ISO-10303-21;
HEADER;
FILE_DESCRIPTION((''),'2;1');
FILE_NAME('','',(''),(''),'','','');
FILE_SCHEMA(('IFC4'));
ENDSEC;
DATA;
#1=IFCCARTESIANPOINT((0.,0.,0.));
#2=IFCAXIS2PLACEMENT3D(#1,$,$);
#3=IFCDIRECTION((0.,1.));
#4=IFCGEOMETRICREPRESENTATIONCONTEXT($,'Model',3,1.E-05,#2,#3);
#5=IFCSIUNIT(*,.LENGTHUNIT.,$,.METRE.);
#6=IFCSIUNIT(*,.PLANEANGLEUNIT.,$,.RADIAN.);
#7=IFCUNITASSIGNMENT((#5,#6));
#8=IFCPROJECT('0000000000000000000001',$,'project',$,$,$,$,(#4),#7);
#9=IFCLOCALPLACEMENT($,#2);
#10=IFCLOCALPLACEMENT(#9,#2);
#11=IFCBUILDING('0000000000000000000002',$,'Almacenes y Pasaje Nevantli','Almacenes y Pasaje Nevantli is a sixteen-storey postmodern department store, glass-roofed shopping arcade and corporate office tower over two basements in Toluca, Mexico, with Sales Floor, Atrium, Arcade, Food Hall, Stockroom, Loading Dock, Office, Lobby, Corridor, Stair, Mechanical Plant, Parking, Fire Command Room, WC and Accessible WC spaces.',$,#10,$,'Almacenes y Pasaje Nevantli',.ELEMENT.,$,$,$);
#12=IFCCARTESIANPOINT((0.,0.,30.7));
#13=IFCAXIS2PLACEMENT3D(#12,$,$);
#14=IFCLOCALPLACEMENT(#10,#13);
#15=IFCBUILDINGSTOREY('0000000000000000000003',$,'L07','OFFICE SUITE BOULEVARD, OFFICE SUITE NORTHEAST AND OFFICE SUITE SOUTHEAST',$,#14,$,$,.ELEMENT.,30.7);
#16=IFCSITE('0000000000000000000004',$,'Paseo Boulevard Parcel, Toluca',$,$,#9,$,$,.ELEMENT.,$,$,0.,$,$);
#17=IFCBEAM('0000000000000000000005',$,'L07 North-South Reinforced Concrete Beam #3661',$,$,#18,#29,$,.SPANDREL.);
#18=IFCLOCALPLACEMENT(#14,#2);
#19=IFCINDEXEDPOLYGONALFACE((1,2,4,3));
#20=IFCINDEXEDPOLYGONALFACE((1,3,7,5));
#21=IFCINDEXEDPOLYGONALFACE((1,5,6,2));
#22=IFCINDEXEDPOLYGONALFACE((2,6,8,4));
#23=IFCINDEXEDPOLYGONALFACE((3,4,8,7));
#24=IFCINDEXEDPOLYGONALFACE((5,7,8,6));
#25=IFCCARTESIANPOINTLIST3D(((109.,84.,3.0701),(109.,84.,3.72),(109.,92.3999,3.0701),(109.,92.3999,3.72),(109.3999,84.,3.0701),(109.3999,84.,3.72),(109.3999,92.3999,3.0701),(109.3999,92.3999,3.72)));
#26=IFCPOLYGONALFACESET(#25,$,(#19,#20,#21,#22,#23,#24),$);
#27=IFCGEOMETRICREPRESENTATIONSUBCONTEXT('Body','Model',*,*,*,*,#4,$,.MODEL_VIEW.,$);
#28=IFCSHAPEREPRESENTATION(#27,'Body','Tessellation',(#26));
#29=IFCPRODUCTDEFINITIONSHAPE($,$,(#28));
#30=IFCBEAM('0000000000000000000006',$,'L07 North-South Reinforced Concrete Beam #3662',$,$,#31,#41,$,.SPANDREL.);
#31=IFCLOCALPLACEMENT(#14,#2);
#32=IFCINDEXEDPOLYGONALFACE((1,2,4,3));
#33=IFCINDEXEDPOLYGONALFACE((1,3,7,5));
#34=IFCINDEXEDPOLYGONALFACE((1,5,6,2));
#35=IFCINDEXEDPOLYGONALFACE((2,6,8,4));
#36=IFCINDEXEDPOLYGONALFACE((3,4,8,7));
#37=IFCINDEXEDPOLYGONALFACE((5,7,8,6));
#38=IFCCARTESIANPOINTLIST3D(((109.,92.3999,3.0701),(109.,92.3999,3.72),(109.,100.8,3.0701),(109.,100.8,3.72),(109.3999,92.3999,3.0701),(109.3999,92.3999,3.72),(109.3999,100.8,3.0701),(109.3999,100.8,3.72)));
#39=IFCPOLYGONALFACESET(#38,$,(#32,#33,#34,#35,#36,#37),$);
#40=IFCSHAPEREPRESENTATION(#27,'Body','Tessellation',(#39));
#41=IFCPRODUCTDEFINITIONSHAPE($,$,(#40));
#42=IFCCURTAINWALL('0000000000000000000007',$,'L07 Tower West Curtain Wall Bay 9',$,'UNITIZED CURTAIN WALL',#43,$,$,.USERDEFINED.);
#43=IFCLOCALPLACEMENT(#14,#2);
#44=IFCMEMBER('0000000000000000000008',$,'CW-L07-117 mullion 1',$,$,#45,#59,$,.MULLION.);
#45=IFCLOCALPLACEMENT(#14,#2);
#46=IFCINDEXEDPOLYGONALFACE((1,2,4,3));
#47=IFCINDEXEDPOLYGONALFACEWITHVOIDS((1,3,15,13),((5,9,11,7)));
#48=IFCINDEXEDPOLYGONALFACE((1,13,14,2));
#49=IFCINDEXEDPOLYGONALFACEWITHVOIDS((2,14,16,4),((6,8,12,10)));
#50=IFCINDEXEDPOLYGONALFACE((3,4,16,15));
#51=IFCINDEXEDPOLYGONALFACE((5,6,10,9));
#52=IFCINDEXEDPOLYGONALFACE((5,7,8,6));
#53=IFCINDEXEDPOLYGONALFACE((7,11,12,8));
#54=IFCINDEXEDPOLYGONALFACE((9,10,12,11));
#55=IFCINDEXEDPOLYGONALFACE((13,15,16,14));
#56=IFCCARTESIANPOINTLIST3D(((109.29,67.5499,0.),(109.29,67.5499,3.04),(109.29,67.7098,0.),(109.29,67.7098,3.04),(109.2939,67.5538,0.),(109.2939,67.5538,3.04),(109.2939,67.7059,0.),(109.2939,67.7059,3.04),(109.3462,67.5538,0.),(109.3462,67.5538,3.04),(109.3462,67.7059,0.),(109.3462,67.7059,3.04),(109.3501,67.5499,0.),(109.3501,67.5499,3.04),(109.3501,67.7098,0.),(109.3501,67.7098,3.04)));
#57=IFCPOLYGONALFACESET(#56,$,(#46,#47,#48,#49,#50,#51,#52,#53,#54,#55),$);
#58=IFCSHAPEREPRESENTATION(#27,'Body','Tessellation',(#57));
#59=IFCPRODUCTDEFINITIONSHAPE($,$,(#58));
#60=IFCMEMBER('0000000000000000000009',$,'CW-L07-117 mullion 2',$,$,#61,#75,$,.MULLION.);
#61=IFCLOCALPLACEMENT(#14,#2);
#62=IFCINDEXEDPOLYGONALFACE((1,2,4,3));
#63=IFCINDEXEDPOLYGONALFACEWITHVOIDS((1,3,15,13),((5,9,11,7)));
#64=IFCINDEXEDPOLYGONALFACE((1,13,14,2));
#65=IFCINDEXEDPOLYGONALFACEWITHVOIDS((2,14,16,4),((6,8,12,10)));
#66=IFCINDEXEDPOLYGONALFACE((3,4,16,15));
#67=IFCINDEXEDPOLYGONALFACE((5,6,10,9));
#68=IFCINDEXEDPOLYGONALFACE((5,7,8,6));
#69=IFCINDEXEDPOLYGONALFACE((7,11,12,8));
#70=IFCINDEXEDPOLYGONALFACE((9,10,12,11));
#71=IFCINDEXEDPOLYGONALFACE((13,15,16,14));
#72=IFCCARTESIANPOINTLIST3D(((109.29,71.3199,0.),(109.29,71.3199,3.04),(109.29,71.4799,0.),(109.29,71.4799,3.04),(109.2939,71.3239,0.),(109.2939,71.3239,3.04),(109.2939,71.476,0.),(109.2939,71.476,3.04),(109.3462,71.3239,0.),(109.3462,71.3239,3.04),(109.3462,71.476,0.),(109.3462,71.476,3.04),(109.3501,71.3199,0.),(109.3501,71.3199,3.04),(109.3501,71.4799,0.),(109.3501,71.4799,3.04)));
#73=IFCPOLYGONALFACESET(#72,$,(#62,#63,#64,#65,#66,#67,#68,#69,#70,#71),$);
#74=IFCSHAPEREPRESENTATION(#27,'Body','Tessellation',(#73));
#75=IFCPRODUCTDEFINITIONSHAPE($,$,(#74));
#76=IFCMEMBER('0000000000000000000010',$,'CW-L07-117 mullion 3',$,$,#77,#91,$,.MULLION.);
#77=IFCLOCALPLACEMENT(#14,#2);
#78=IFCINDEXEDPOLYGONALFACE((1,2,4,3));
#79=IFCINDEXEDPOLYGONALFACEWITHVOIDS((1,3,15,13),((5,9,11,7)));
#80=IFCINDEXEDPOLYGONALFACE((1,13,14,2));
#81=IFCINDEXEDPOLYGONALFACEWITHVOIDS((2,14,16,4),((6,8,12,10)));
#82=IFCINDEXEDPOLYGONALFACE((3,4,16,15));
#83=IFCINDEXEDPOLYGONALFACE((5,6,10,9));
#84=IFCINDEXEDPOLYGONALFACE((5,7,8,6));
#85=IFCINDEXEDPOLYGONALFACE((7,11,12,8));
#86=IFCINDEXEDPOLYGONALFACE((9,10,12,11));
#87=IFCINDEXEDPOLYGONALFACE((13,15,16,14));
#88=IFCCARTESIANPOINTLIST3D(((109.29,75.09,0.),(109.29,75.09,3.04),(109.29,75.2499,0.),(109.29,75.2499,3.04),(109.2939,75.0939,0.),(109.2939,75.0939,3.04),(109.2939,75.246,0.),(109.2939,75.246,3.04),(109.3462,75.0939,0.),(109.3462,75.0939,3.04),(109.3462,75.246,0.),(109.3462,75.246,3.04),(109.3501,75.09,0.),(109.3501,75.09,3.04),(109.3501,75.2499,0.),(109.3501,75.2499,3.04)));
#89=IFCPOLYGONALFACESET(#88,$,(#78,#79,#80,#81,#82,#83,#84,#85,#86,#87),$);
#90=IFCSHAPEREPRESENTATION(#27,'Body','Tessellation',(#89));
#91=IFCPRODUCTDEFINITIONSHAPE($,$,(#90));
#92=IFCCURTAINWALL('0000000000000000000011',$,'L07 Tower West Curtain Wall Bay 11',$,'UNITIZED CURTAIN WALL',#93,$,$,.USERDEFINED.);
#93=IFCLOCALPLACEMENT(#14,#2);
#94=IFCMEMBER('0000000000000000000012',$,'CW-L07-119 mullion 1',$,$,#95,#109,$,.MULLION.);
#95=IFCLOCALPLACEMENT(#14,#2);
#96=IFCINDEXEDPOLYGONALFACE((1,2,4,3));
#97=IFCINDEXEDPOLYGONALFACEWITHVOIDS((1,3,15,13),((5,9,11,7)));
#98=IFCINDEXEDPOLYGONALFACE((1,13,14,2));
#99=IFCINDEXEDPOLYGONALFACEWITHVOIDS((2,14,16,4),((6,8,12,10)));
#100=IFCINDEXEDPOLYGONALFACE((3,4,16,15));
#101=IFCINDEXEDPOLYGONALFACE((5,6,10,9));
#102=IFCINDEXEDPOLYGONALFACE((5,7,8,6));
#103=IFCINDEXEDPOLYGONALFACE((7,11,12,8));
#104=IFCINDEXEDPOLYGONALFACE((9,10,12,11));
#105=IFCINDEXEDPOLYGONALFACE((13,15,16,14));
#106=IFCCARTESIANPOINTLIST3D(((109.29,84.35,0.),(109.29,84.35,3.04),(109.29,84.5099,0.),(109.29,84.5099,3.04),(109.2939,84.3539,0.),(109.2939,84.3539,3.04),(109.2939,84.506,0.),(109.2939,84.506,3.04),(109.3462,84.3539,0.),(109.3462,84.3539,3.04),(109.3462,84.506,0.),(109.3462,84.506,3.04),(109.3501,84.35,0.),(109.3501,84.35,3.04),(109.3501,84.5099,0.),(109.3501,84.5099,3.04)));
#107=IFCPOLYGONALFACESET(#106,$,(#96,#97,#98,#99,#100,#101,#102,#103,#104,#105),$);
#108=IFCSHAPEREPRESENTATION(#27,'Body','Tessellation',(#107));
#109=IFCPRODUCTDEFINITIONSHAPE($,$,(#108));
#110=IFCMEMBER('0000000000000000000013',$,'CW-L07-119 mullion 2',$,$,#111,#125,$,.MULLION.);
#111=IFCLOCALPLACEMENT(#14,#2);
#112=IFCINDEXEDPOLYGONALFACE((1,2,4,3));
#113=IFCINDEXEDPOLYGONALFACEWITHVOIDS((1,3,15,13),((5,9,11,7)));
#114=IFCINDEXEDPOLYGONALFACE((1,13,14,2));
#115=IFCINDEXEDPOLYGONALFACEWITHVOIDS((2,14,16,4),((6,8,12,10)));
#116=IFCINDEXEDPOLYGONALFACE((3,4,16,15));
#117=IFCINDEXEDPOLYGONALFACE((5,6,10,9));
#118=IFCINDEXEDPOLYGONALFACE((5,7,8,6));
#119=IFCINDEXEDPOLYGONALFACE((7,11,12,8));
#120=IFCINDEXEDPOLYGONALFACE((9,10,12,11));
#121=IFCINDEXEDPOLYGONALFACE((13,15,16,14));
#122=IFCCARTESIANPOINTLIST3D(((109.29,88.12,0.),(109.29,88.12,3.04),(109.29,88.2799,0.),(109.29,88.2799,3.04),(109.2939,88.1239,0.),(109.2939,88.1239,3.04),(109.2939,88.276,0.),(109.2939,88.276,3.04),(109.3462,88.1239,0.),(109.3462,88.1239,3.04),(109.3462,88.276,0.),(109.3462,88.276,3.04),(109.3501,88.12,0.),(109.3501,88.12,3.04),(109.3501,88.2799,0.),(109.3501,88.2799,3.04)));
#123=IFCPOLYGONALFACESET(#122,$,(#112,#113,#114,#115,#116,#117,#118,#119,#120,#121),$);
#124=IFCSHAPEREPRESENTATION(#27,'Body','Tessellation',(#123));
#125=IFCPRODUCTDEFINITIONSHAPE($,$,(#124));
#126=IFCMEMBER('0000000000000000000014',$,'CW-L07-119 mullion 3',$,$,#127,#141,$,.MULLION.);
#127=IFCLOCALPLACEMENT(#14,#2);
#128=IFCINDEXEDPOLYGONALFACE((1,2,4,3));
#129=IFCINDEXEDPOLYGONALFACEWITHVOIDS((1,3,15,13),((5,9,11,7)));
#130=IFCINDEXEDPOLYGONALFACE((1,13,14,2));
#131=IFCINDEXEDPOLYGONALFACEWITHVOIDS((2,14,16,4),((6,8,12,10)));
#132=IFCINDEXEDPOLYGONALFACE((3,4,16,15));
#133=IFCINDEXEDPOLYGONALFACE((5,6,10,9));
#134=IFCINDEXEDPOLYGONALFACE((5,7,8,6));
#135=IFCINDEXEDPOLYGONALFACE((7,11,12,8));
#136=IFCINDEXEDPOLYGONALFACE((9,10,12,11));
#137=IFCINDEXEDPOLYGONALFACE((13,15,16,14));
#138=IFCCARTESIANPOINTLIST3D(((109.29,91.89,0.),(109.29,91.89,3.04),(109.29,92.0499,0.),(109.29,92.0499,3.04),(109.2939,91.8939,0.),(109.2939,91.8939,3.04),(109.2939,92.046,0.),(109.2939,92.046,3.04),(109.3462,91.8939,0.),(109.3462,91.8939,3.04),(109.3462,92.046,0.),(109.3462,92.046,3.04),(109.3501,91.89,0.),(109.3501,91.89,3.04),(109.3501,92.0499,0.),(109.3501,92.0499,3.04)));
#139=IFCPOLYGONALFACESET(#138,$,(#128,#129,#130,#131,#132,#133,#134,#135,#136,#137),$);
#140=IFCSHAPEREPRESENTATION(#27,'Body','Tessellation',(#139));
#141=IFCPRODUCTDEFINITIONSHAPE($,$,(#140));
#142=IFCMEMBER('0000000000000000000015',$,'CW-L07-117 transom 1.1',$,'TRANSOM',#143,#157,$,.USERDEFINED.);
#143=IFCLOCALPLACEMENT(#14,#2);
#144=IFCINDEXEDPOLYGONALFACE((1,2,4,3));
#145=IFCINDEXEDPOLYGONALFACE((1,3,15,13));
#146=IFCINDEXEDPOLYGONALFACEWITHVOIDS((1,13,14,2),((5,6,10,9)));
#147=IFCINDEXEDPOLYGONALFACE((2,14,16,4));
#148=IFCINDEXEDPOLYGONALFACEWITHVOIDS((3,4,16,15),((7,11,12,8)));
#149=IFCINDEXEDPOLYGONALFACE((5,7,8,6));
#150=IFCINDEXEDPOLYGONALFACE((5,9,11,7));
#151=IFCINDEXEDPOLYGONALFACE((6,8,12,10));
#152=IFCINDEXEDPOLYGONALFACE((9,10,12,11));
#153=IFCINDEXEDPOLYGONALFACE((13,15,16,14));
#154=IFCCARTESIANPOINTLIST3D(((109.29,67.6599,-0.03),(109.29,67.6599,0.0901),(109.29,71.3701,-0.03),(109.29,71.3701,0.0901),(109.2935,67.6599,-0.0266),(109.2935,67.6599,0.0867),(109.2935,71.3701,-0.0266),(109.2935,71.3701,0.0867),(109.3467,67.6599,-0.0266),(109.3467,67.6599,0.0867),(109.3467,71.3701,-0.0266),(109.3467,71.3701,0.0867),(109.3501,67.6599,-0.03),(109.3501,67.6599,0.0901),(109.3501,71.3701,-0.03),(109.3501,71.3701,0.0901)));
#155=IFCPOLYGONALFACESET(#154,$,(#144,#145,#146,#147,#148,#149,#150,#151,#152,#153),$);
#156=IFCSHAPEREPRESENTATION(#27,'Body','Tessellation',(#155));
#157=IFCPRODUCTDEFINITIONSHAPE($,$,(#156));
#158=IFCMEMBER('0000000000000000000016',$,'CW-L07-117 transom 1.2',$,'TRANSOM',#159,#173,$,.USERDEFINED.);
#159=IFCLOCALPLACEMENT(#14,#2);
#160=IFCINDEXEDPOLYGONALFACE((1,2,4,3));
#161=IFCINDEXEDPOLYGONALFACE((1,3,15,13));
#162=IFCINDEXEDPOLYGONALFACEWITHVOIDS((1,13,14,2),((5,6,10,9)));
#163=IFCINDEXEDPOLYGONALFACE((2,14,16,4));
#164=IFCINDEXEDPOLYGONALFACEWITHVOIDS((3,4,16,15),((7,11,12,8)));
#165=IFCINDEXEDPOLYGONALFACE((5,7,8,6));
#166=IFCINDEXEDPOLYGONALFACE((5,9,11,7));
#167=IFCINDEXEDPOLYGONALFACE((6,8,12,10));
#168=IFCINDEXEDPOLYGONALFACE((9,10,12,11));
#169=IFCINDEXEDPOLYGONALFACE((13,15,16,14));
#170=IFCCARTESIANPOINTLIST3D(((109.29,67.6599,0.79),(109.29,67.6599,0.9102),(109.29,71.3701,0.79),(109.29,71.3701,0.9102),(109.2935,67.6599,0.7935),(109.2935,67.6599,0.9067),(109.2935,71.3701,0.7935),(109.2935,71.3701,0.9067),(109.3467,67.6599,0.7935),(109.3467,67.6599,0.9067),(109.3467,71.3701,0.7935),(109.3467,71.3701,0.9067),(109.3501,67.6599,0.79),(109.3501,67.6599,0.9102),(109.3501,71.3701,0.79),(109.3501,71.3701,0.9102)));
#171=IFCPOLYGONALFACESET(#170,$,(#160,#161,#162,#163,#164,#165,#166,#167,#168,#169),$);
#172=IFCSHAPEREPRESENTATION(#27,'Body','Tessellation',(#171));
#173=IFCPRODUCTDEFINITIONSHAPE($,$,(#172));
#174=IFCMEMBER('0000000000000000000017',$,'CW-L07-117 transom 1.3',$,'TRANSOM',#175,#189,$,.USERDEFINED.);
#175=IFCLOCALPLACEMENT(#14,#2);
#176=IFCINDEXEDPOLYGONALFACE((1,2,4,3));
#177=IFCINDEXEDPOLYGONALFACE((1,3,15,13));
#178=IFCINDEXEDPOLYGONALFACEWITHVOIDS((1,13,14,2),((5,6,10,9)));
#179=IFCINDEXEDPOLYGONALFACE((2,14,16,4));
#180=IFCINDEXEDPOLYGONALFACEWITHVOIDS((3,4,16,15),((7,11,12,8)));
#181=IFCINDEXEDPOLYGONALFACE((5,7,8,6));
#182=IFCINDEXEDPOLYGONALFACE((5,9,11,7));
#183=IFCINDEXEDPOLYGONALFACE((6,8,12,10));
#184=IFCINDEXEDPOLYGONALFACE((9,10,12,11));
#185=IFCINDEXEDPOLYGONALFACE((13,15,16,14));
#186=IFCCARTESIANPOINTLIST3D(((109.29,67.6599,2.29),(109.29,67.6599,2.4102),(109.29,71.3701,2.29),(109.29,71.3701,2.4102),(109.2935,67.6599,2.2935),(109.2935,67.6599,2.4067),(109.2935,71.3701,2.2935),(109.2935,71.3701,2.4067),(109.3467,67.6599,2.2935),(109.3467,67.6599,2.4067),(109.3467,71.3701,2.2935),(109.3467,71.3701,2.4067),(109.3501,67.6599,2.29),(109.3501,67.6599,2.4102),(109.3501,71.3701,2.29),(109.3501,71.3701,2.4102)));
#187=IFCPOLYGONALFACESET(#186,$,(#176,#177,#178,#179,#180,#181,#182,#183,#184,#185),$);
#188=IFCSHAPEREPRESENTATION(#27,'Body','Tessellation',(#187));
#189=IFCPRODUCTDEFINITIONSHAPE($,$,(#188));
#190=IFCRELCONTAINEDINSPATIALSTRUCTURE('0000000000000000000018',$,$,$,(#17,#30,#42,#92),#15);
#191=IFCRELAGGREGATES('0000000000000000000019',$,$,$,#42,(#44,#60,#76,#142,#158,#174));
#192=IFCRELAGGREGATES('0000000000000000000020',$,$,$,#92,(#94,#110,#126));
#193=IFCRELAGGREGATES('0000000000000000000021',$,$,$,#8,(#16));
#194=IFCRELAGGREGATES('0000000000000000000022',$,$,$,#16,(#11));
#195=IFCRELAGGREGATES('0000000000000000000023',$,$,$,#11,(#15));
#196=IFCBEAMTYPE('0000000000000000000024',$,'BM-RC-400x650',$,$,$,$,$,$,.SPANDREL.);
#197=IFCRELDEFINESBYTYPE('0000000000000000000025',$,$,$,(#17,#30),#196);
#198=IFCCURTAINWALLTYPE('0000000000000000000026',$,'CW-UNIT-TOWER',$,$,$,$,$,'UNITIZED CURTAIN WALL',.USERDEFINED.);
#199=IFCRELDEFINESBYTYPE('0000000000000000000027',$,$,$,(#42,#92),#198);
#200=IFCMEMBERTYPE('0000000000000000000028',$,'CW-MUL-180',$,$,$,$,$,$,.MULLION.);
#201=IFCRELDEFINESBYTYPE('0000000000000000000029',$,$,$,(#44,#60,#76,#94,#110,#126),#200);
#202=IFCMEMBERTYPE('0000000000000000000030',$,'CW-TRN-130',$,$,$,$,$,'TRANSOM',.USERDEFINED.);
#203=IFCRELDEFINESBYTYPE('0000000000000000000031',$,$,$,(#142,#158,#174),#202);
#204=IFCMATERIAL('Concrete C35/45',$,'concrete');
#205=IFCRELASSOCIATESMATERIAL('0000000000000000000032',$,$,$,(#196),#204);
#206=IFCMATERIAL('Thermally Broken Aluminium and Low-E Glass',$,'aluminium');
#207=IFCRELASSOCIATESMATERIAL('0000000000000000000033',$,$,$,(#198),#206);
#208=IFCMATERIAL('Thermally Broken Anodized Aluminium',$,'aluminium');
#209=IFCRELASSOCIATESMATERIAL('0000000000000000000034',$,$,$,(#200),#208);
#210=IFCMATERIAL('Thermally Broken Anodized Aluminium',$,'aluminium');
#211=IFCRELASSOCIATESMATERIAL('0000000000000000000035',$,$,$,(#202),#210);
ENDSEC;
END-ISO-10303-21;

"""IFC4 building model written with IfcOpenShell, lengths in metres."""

from ifc_helpers import new_model, si_unit, direction, frame, origin, origin_2d, place, context, subcontext, project, spatial, rectangle, hollow_rectangle, extrude, material, material_profile, profile_set, type_object, element, aggregate, save


model = new_model("IFC4")

# Units and contexts
model_context = context("Model", 3, precision=1e-05, world=origin(), true_north=direction((0.0, 1.0)))
body_context = subcontext(model_context, "Body", "Model", "MODEL_VIEW")
ifc_project = project(units=[si_unit("LENGTHUNIT", "METRE"), si_unit("PLANEANGLEUNIT", "RADIAN")], contexts=[model_context])

# Site, building, storey
site_placement = place(None, origin())
site = spatial("IfcSite", under=ifc_project, at=site_placement, Name="Paseo Boulevard Parcel, Toluca", CompositionType="ELEMENT", RefElevation=0.0)
building_placement = place(site_placement, origin())
building = spatial("IfcBuilding", under=site, at=building_placement, Name="Almacenes y Pasaje Nevantli", Description="Almacenes y Pasaje Nevantli is a sixteen-storey postmodern department store, glass-roofed shopping arcade and corporate office tower over two basements in Toluca, Mexico, with Sales Floor, Atrium, Arcade, Food Hall, Stockroom, Loading Dock, Office, Lobby, Corridor, Stair, Mechanical Plant, Parking, Fire Command Room, WC and Accessible WC spaces.", LongName="Almacenes y Pasaje Nevantli", CompositionType="ELEMENT")
storey_placement = place(building_placement, frame((0.0, 0.0, 30.7)))
storey = spatial("IfcBuildingStorey", under=building, at=storey_placement, Name="L07", Description="OFFICE SUITE BOULEVARD, OFFICE SUITE NORTHEAST AND OFFICE SUITE SOUTHEAST", CompositionType="ELEMENT", Elevation=30.7)

# Beams
ifc_material_1 = material(Name="Concrete C35/45", Category="concrete")
ifc_material_profile_1 = material_profile(ifc_material_1, rectangle(XDim=0.3999, YDim=0.6499, at=origin_2d()), Name="RC-BM-400x650")
ifc_profile_set_1 = profile_set([ifc_material_profile_1], Name="Concrete C35/45")
beam_type = type_object("IfcBeamType", Name="BM-RC-400x650", PredefinedType="SPANDREL", material=ifc_profile_set_1)
beam_1_placement = place(storey_placement, frame((109.2, 84.0, 3.395), z_axis=(0.0, 1.0, 0.0), x_axis=(-1.0, 0.0, 0.0)))
element("IfcBeam", 1, at=beam_1_placement, inside=storey, type_object=beam_type, Name="L07 North-South Reinforced Concrete Beam #3661", PredefinedType="SPANDREL", context=body_context, shape_type="SweptSolid", body=[
    extrude(rectangle(XDim=0.3999, YDim=0.6499, at=origin_2d()), origin(), (0.0, 0.0, 1.0), 8.3999),
])
beam_2_placement = place(storey_placement, frame((109.2, 92.3999, 3.395), z_axis=(0.0, 1.0, 0.0), x_axis=(-1.0, 0.0, 0.0)))
element("IfcBeam", 2, at=beam_2_placement, inside=storey, type_object=beam_type, Name="L07 North-South Reinforced Concrete Beam #3662", PredefinedType="SPANDREL", context=body_context, shape_type="SweptSolid", body=[
    extrude(rectangle(XDim=0.3999, YDim=0.6499, at=origin_2d()), origin(), (0.0, 0.0, 1.0), 8.4001),
])

# Curtain walls, members
ifc_material_2 = material(Name="Thermally Broken Aluminium and Low-E Glass", Category="aluminium")
curtain_wall_type = type_object("IfcCurtainWallType", Name="CW-UNIT-TOWER", ElementType="UNITIZED CURTAIN WALL", PredefinedType="USERDEFINED", material=ifc_material_2)
curtain_wall_1_placement = place(storey_placement, origin())
curtain_wall_1 = element("IfcCurtainWall", 3, at=curtain_wall_1_placement, inside=storey, type_object=curtain_wall_type, Name="L07 Tower West Curtain Wall Bay 9", ObjectType="UNITIZED CURTAIN WALL", PredefinedType="USERDEFINED")
ifc_material_3 = material(Name="Thermally Broken Anodized Aluminium", Category="aluminium")
ifc_material_profile_2 = material_profile(ifc_material_3, hollow_rectangle(XDim=0.0601, YDim=0.1599, WallThickness=0.0039, at=origin_2d()), Name="ALU-MUL-60x160")
ifc_profile_set_2 = profile_set([ifc_material_profile_2], Name="Thermally Broken Anodized Aluminium")
member_type_1 = type_object("IfcMemberType", Name="CW-MUL-180", PredefinedType="MULLION", material=ifc_profile_set_2)
member_1_placement = place(storey_placement, frame((109.3201, 67.6299, 0.0), z_axis=(0.0, 0.0, 1.0), x_axis=(-1.0, 0.0, 0.0)))
member_1 = element("IfcMember", 4, at=member_1_placement, type_object=member_type_1, Name="CW-L07-117 mullion 1", PredefinedType="MULLION", context=body_context, shape_type="SweptSolid", body=[
    extrude(hollow_rectangle(XDim=0.0601, YDim=0.1599, WallThickness=0.0039, at=origin_2d()), origin(), (0.0, 0.0, 1.0), 3.04),
])
member_2_placement = place(storey_placement, frame((109.3201, 71.3999, 0.0), z_axis=(0.0, 0.0, 1.0), x_axis=(-1.0, 0.0, 0.0)))
member_2 = element("IfcMember", 5, at=member_2_placement, type_object=member_type_1, Name="CW-L07-117 mullion 2", PredefinedType="MULLION", context=body_context, shape_type="SweptSolid", body=[
    extrude(hollow_rectangle(XDim=0.0601, YDim=0.1599, WallThickness=0.0039, at=origin_2d()), origin(), (0.0, 0.0, 1.0), 3.04),
])
member_3_placement = place(storey_placement, frame((109.3201, 75.1699, 0.0), z_axis=(0.0, 0.0, 1.0), x_axis=(-1.0, 0.0, 0.0)))
member_3 = element("IfcMember", 6, at=member_3_placement, type_object=member_type_1, Name="CW-L07-117 mullion 3", PredefinedType="MULLION", context=body_context, shape_type="SweptSolid", body=[
    extrude(hollow_rectangle(XDim=0.0601, YDim=0.1599, WallThickness=0.0039, at=origin_2d()), origin(), (0.0, 0.0, 1.0), 3.04),
])
curtain_wall_2_placement = place(storey_placement, origin())
curtain_wall_2 = element("IfcCurtainWall", 7, at=curtain_wall_2_placement, inside=storey, type_object=curtain_wall_type, Name="L07 Tower West Curtain Wall Bay 11", ObjectType="UNITIZED CURTAIN WALL", PredefinedType="USERDEFINED")
member_4_placement = place(storey_placement, frame((109.3201, 84.4299, 0.0), z_axis=(0.0, 0.0, 1.0), x_axis=(-1.0, 0.0, 0.0)))
member_4 = element("IfcMember", 8, at=member_4_placement, type_object=member_type_1, Name="CW-L07-119 mullion 1", PredefinedType="MULLION", context=body_context, shape_type="SweptSolid", body=[
    extrude(hollow_rectangle(XDim=0.0601, YDim=0.1599, WallThickness=0.0039, at=origin_2d()), origin(), (0.0, 0.0, 1.0), 3.04),
])
member_5_placement = place(storey_placement, frame((109.3201, 88.2, 0.0), z_axis=(0.0, 0.0, 1.0), x_axis=(-1.0, 0.0, 0.0)))
member_5 = element("IfcMember", 9, at=member_5_placement, type_object=member_type_1, Name="CW-L07-119 mullion 2", PredefinedType="MULLION", context=body_context, shape_type="SweptSolid", body=[
    extrude(hollow_rectangle(XDim=0.0601, YDim=0.1599, WallThickness=0.0039, at=origin_2d()), origin(), (0.0, 0.0, 1.0), 3.04),
])
member_6_placement = place(storey_placement, frame((109.3201, 91.97, 0.0), z_axis=(0.0, 0.0, 1.0), x_axis=(-1.0, 0.0, 0.0)))
member_6 = element("IfcMember", 10, at=member_6_placement, type_object=member_type_1, Name="CW-L07-119 mullion 3", PredefinedType="MULLION", context=body_context, shape_type="SweptSolid", body=[
    extrude(hollow_rectangle(XDim=0.0601, YDim=0.1599, WallThickness=0.0039, at=origin_2d()), origin(), (0.0, 0.0, 1.0), 3.04),
])

# Members
ifc_material_4 = material(Name="Thermally Broken Anodized Aluminium", Category="aluminium")
ifc_material_profile_3 = material_profile(ifc_material_4, hollow_rectangle(XDim=0.0601, YDim=0.1201, WallThickness=0.0034, at=origin_2d()), Name="ALU-TRN-60x120")
ifc_profile_set_3 = profile_set([ifc_material_profile_3], Name="Thermally Broken Anodized Aluminium")
member_type_2 = type_object("IfcMemberType", Name="CW-TRN-130", ElementType="TRANSOM", PredefinedType="USERDEFINED", material=ifc_profile_set_3)
member_7_placement = place(storey_placement, frame((109.3201, 67.6599, 0.03), z_axis=(0.0, 1.0, 0.0), x_axis=(-1.0, 0.0, 0.0)))
member_7 = element("IfcMember", 11, at=member_7_placement, type_object=member_type_2, Name="CW-L07-117 transom 1.1", ObjectType="TRANSOM", PredefinedType="USERDEFINED", context=body_context, shape_type="SweptSolid", body=[
    extrude(hollow_rectangle(XDim=0.0601, YDim=0.1201, WallThickness=0.0034, at=origin_2d()), origin(), (0.0, 0.0, 1.0), 3.7102),
])
member_8_placement = place(storey_placement, frame((109.3201, 67.6599, 0.8501), z_axis=(0.0, 1.0, 0.0), x_axis=(-1.0, 0.0, 0.0)))
member_8 = element("IfcMember", 12, at=member_8_placement, type_object=member_type_2, Name="CW-L07-117 transom 1.2", ObjectType="TRANSOM", PredefinedType="USERDEFINED", context=body_context, shape_type="SweptSolid", body=[
    extrude(hollow_rectangle(XDim=0.0601, YDim=0.1201, WallThickness=0.0034, at=origin_2d()), origin(), (0.0, 0.0, 1.0), 3.7102),
])
member_9_placement = place(storey_placement, frame((109.3201, 67.6599, 2.3501), z_axis=(0.0, 1.0, 0.0), x_axis=(-1.0, 0.0, 0.0)))
member_9 = element("IfcMember", 13, at=member_9_placement, type_object=member_type_2, Name="CW-L07-117 transom 1.3", ObjectType="TRANSOM", PredefinedType="USERDEFINED", context=body_context, shape_type="SweptSolid", body=[
    extrude(hollow_rectangle(XDim=0.0601, YDim=0.1201, WallThickness=0.0034, at=origin_2d()), origin(), (0.0, 0.0, 1.0), 3.7102),
])

aggregate(curtain_wall_1, [member_1, member_2, member_3, member_7, member_8, member_9])
aggregate(curtain_wall_2, [member_4, member_5, member_6])

save(model, "model.ifc")
